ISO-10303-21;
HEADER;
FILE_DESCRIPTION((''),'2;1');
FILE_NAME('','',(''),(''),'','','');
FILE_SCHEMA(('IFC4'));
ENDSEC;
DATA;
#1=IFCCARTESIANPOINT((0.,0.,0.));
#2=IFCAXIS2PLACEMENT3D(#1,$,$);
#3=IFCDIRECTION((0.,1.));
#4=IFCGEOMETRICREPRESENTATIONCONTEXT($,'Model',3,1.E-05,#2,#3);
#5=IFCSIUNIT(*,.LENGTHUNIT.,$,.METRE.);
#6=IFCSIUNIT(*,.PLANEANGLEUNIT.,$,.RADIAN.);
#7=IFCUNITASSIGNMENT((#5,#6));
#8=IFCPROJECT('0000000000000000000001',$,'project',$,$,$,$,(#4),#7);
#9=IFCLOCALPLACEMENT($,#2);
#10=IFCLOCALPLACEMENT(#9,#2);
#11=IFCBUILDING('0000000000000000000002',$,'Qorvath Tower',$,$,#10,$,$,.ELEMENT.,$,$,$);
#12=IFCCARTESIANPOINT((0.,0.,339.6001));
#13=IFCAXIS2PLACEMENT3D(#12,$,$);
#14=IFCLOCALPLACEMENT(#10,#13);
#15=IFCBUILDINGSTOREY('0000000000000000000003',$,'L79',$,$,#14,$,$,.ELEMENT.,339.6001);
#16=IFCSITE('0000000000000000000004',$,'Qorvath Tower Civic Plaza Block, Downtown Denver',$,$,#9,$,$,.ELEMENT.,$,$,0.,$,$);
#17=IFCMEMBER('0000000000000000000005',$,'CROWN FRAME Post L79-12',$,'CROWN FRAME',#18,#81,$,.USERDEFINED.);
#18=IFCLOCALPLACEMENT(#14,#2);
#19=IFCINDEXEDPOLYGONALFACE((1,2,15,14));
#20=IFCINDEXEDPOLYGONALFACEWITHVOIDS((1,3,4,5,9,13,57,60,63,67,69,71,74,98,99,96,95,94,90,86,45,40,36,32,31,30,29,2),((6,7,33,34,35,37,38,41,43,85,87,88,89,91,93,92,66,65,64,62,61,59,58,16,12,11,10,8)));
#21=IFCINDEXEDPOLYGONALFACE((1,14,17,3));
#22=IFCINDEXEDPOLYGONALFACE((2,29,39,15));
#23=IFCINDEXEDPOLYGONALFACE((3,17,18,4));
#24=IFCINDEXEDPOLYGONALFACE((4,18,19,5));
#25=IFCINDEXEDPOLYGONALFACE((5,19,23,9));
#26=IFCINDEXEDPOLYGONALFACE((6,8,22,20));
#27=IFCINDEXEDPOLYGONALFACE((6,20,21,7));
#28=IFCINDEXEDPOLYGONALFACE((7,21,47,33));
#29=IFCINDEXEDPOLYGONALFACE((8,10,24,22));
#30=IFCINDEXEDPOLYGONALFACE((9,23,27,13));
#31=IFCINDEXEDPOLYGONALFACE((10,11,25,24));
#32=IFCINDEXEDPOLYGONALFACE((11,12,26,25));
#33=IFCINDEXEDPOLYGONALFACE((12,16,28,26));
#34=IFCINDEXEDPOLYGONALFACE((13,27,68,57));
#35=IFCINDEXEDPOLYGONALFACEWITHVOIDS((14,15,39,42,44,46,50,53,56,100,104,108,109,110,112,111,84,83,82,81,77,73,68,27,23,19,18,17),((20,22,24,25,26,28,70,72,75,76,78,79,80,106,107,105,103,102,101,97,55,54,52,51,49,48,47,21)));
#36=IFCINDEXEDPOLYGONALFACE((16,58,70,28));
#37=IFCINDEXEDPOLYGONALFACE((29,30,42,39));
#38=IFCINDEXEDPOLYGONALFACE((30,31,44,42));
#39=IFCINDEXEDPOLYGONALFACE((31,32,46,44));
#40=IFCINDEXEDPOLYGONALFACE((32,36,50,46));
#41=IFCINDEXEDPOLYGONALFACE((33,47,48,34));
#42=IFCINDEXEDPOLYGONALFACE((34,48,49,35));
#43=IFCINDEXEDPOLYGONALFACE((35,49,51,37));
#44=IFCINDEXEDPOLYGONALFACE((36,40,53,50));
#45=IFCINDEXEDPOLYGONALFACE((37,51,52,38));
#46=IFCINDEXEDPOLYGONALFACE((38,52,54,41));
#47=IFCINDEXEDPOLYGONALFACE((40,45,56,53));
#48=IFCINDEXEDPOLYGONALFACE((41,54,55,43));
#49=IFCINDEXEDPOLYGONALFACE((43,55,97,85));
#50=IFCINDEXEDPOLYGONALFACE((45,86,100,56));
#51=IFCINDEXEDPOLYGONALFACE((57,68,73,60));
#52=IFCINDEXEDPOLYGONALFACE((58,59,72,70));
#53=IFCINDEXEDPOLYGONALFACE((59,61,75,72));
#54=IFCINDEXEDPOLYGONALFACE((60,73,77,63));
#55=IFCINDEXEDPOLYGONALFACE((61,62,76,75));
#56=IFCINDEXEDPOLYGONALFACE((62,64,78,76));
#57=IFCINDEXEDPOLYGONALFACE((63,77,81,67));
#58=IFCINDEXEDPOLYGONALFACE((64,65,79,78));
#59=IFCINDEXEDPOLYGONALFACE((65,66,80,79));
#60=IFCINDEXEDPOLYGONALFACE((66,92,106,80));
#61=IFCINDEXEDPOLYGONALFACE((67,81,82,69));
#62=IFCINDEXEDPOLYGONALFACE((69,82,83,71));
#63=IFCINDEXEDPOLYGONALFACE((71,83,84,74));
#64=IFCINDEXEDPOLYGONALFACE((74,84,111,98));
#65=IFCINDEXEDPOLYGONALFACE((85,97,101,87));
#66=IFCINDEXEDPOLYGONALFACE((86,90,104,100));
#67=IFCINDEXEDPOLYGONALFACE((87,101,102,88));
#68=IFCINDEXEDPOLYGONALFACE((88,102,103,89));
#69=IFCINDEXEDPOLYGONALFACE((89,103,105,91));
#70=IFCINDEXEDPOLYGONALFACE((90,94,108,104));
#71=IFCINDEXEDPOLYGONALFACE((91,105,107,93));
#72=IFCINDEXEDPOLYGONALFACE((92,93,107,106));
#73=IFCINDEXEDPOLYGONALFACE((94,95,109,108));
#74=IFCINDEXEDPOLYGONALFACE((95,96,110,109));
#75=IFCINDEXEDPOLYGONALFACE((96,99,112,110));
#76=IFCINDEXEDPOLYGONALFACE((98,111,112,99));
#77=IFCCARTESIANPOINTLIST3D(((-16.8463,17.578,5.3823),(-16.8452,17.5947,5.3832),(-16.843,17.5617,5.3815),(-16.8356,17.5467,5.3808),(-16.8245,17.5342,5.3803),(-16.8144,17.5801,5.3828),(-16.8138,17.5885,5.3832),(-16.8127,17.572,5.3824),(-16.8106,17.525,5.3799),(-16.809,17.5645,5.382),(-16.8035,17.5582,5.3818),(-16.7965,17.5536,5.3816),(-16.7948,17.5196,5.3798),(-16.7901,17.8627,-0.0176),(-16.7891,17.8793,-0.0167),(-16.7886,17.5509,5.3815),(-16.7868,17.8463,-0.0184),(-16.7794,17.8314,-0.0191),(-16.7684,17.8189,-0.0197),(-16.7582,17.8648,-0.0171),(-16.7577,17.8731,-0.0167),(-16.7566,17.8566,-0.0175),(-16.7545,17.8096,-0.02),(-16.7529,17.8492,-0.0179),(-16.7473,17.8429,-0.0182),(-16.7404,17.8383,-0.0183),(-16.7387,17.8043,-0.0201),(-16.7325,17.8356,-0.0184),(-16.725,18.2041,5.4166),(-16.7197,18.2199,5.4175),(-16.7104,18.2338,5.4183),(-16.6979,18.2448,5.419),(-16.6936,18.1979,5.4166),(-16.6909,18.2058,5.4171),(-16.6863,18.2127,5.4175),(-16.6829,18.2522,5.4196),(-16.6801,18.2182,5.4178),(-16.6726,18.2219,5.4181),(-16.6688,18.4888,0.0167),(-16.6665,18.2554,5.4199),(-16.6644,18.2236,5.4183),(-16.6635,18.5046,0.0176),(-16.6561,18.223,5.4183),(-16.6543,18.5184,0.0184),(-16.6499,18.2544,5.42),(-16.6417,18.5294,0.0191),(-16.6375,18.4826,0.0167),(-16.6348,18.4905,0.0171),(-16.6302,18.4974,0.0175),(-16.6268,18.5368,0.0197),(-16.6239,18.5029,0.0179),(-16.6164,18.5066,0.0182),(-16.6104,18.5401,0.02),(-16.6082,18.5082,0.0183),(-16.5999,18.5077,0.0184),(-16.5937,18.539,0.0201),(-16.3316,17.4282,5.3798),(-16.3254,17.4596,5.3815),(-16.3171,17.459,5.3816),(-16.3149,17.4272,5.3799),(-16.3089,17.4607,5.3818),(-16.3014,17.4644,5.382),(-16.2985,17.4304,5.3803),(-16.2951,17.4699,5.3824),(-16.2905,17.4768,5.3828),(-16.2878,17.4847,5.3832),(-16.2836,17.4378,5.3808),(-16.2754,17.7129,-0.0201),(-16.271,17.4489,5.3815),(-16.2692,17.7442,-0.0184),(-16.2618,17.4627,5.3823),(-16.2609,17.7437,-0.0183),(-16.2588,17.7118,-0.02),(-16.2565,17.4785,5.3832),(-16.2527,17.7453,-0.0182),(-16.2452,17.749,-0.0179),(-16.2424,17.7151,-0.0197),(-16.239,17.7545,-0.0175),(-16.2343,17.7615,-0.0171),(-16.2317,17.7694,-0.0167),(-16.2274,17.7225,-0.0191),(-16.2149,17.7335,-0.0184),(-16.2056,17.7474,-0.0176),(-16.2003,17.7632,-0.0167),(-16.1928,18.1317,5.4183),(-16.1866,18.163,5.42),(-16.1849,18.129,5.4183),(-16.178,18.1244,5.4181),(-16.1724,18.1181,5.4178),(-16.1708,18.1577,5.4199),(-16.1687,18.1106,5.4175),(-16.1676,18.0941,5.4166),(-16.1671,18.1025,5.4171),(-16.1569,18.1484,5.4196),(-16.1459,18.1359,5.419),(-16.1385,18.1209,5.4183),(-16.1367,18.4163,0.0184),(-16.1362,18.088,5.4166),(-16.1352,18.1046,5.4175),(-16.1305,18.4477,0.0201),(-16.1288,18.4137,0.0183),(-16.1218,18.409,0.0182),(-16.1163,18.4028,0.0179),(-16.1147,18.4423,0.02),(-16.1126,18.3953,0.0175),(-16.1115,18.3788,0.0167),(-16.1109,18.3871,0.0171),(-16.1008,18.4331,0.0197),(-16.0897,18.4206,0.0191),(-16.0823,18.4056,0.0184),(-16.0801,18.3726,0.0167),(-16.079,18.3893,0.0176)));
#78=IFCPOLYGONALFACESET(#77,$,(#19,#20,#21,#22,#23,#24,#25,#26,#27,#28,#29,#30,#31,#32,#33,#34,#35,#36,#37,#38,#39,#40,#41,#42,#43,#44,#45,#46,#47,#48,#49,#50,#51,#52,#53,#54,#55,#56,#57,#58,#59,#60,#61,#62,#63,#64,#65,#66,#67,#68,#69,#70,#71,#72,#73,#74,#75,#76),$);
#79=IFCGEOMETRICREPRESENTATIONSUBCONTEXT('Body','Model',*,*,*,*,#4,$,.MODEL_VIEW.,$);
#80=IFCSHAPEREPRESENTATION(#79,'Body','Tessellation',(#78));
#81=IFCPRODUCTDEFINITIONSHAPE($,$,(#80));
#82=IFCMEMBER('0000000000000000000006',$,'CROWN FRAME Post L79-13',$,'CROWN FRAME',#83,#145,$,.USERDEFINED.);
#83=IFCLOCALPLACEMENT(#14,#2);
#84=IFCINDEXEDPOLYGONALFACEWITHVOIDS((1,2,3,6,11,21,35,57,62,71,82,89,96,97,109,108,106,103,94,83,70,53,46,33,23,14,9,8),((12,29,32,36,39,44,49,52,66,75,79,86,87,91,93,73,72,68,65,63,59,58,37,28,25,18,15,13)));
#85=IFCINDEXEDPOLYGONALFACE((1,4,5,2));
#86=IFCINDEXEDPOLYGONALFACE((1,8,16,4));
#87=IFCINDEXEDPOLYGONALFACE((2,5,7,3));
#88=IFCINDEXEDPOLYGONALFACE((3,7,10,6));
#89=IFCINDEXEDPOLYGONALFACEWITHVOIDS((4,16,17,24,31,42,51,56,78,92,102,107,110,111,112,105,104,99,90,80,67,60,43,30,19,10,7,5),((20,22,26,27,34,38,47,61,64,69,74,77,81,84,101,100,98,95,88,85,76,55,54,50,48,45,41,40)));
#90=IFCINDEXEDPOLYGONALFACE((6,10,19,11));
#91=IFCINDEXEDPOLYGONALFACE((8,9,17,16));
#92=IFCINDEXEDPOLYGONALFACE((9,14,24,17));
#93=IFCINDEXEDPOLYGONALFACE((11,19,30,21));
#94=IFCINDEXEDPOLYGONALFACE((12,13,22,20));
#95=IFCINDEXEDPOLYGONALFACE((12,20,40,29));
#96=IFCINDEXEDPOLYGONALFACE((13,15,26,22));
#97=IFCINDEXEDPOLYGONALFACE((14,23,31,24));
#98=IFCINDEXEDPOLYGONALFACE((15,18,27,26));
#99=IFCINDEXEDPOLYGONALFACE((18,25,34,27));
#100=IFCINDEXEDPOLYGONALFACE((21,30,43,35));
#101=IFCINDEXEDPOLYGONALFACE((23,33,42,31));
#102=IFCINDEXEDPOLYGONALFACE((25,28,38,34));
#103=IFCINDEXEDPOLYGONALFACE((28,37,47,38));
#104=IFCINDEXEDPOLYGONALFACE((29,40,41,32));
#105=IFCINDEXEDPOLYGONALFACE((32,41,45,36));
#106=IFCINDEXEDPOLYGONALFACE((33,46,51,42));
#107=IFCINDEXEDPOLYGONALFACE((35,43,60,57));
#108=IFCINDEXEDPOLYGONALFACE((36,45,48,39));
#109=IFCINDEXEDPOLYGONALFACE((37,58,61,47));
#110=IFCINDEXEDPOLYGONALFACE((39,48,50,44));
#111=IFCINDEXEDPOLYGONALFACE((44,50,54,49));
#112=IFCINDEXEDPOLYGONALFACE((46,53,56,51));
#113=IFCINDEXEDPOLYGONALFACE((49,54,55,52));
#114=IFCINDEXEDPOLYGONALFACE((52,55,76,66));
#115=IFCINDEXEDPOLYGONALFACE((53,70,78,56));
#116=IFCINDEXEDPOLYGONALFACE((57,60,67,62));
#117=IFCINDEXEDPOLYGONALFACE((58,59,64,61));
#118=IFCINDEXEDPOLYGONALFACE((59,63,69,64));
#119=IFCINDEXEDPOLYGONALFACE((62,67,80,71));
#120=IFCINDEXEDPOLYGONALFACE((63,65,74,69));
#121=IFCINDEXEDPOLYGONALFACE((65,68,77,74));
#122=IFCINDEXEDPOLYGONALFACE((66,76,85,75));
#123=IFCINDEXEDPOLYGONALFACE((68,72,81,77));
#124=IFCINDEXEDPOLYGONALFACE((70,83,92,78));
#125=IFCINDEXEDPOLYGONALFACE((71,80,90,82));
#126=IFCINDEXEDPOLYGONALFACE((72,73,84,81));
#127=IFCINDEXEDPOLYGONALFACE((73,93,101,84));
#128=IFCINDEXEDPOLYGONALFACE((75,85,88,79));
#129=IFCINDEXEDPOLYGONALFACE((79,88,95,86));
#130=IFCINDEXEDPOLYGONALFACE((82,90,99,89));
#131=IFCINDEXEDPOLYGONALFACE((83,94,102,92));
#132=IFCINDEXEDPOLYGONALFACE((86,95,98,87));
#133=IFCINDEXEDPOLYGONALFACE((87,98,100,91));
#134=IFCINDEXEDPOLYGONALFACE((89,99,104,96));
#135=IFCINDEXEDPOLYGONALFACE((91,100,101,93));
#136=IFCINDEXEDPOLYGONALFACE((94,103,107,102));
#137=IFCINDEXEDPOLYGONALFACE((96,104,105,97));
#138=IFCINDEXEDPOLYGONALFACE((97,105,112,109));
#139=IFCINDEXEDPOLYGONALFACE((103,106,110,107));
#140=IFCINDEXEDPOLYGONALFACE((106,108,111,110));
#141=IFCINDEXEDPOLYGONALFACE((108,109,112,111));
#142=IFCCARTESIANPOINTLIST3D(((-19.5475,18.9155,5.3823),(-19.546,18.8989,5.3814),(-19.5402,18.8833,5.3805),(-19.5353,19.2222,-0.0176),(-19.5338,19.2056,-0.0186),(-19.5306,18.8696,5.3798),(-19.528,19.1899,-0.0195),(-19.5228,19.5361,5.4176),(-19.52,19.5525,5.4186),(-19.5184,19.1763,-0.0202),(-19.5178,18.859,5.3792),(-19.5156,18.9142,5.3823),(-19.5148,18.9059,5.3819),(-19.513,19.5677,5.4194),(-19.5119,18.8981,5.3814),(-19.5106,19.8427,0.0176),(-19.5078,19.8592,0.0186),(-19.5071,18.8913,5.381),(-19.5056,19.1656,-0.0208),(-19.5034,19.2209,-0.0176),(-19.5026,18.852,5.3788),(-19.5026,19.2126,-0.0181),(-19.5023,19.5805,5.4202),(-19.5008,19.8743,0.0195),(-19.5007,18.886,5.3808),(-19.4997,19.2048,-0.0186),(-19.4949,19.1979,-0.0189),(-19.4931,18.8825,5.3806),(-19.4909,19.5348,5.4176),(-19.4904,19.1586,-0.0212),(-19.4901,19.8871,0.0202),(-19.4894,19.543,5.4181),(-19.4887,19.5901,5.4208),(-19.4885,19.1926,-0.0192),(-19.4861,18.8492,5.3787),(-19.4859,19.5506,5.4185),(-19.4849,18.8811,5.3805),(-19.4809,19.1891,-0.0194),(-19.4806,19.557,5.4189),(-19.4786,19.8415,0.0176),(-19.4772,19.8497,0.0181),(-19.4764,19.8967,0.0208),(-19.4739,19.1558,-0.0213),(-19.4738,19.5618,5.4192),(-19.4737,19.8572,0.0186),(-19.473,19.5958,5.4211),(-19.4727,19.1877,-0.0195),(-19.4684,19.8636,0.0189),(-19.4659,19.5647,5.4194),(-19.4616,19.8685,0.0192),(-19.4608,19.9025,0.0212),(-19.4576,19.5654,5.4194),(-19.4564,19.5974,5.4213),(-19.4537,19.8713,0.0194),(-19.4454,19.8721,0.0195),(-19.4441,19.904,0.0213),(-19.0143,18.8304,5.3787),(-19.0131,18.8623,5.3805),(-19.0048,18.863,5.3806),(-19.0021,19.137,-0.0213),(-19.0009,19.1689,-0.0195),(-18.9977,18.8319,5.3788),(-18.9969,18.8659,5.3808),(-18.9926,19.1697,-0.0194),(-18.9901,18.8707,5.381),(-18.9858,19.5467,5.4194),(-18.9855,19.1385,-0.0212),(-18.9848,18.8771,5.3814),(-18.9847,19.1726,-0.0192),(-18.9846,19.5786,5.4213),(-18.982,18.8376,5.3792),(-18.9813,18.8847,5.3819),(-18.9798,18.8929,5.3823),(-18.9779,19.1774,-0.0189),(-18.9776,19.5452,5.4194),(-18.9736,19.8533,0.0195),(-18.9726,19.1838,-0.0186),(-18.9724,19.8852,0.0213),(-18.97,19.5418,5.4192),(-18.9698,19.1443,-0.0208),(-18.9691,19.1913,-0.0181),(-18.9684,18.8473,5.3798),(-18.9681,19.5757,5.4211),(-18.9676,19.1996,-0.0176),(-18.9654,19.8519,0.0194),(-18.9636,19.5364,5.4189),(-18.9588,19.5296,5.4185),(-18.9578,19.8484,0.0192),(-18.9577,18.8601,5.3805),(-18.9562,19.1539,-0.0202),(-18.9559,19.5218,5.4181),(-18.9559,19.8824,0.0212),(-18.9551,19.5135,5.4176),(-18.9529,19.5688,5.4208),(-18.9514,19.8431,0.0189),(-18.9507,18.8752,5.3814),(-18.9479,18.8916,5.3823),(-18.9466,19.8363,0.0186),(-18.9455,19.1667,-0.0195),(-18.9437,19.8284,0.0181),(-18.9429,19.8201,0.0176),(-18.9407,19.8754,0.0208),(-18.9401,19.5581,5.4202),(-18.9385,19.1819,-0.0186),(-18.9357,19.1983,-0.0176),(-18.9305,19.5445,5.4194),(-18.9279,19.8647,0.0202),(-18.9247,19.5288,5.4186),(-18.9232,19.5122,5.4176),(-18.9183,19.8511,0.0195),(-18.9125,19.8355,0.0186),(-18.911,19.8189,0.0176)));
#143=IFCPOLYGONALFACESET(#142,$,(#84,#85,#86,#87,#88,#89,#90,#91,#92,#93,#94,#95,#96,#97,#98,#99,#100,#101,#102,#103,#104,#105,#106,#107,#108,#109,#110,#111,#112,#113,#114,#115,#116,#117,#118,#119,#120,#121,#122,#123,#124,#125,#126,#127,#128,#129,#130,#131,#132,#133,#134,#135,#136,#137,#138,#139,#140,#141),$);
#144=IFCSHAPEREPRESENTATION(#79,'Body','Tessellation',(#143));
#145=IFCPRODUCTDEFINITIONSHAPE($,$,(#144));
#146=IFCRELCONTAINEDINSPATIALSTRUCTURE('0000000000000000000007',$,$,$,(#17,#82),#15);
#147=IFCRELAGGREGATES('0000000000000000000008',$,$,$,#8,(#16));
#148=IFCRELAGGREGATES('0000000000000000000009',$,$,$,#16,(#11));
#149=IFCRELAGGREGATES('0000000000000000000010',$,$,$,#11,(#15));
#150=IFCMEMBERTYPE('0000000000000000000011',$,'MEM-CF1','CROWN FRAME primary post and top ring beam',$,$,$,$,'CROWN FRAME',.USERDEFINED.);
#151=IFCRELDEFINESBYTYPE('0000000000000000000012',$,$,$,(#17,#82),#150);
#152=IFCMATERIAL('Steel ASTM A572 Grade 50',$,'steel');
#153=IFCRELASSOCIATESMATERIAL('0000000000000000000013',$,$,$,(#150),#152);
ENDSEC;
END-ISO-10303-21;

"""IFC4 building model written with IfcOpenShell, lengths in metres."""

from ifc_helpers import new_model, si_unit, direction, frame, origin, origin_2d, place, context, subcontext, project, spatial, hollow_rectangle, extrude, material, material_profile, profile_set, type_object, element, save


model = new_model("IFC4")

# Units and contexts
model_context = context("Model", 3, precision=1e-05, world=origin(), true_north=direction((0.0, 1.0)))
body_context = subcontext(model_context, "Body", "Model", "MODEL_VIEW")
ifc_project = project(units=[si_unit("LENGTHUNIT", "METRE"), si_unit("PLANEANGLEUNIT", "RADIAN")], contexts=[model_context])

# Site, building, storey
site_placement = place(None, origin())
site = spatial("IfcSite", under=ifc_project, at=site_placement, Name="Qorvath Tower Civic Plaza Block, Downtown Denver", CompositionType="ELEMENT", RefElevation=0.0)
building_placement = place(site_placement, origin())
building = spatial("IfcBuilding", under=site, at=building_placement, Name="Qorvath Tower", CompositionType="ELEMENT")
storey_placement = place(building_placement, frame((0.0, 0.0, 339.6001)))
storey = spatial("IfcBuildingStorey", under=building, at=storey_placement, Name="L79", CompositionType="ELEMENT", Elevation=339.6001)

# Members
ifc_material_1 = material(Name="Steel ASTM A572 Grade 50", Category="steel")
ifc_material_profile_1 = material_profile(ifc_material_1, hollow_rectangle(XDim=0.6001, YDim=0.75, WallThickness=0.032, InnerFilletRadius=0.032, OuterFilletRadius=0.064, at=origin_2d()), Name="CROWN BOX 750x600x32")
ifc_profile_set_1 = profile_set([ifc_material_profile_1], Name="Steel ASTM A572 Grade 50")
member_type_1 = type_object("IfcMemberType", Name="MEM-CF1", Description="CROWN FRAME primary post and top ring beam", ElementType="CROWN FRAME", PredefinedType="USERDEFINED", material=ifc_profile_set_1)
member_1_placement = place(storey_placement, frame((-16.4346, 18.126, 0.0), z_axis=(-0.010384, -0.052641, 0.998559), x_axis=(0.981095, -0.193526, 0.0)))
element("IfcMember", 1, at=member_1_placement, inside=storey, type_object=member_type_1, Name="CROWN FRAME Post L79-12", ObjectType="CROWN FRAME", PredefinedType="USERDEFINED", context=body_context, shape_type="SweptSolid", body=[
    extrude(hollow_rectangle(XDim=0.6001, YDim=0.75, WallThickness=0.032, InnerFilletRadius=0.032, OuterFilletRadius=0.064, at=origin_2d()), origin(), (0.0, 0.0, 1.0), 5.4077),
])
member_2_placement = place(storey_placement, frame((-19.2231, 19.5205, 0.0), z_axis=(-0.002257, -0.056695, 0.998389), x_axis=(0.999209, -0.039777, 0.0)))
element("IfcMember", 2, at=member_2_placement, inside=storey, type_object=member_type_1, Name="CROWN FRAME Post L79-13", ObjectType="CROWN FRAME", PredefinedType="USERDEFINED", context=body_context, shape_type="SweptSolid", body=[
    extrude(hollow_rectangle(XDim=0.6001, YDim=0.75, WallThickness=0.032, InnerFilletRadius=0.032, OuterFilletRadius=0.064, at=origin_2d()), origin(), (0.0, 0.0, 1.0), 5.4087),
])

save(model, "model.ifc")
